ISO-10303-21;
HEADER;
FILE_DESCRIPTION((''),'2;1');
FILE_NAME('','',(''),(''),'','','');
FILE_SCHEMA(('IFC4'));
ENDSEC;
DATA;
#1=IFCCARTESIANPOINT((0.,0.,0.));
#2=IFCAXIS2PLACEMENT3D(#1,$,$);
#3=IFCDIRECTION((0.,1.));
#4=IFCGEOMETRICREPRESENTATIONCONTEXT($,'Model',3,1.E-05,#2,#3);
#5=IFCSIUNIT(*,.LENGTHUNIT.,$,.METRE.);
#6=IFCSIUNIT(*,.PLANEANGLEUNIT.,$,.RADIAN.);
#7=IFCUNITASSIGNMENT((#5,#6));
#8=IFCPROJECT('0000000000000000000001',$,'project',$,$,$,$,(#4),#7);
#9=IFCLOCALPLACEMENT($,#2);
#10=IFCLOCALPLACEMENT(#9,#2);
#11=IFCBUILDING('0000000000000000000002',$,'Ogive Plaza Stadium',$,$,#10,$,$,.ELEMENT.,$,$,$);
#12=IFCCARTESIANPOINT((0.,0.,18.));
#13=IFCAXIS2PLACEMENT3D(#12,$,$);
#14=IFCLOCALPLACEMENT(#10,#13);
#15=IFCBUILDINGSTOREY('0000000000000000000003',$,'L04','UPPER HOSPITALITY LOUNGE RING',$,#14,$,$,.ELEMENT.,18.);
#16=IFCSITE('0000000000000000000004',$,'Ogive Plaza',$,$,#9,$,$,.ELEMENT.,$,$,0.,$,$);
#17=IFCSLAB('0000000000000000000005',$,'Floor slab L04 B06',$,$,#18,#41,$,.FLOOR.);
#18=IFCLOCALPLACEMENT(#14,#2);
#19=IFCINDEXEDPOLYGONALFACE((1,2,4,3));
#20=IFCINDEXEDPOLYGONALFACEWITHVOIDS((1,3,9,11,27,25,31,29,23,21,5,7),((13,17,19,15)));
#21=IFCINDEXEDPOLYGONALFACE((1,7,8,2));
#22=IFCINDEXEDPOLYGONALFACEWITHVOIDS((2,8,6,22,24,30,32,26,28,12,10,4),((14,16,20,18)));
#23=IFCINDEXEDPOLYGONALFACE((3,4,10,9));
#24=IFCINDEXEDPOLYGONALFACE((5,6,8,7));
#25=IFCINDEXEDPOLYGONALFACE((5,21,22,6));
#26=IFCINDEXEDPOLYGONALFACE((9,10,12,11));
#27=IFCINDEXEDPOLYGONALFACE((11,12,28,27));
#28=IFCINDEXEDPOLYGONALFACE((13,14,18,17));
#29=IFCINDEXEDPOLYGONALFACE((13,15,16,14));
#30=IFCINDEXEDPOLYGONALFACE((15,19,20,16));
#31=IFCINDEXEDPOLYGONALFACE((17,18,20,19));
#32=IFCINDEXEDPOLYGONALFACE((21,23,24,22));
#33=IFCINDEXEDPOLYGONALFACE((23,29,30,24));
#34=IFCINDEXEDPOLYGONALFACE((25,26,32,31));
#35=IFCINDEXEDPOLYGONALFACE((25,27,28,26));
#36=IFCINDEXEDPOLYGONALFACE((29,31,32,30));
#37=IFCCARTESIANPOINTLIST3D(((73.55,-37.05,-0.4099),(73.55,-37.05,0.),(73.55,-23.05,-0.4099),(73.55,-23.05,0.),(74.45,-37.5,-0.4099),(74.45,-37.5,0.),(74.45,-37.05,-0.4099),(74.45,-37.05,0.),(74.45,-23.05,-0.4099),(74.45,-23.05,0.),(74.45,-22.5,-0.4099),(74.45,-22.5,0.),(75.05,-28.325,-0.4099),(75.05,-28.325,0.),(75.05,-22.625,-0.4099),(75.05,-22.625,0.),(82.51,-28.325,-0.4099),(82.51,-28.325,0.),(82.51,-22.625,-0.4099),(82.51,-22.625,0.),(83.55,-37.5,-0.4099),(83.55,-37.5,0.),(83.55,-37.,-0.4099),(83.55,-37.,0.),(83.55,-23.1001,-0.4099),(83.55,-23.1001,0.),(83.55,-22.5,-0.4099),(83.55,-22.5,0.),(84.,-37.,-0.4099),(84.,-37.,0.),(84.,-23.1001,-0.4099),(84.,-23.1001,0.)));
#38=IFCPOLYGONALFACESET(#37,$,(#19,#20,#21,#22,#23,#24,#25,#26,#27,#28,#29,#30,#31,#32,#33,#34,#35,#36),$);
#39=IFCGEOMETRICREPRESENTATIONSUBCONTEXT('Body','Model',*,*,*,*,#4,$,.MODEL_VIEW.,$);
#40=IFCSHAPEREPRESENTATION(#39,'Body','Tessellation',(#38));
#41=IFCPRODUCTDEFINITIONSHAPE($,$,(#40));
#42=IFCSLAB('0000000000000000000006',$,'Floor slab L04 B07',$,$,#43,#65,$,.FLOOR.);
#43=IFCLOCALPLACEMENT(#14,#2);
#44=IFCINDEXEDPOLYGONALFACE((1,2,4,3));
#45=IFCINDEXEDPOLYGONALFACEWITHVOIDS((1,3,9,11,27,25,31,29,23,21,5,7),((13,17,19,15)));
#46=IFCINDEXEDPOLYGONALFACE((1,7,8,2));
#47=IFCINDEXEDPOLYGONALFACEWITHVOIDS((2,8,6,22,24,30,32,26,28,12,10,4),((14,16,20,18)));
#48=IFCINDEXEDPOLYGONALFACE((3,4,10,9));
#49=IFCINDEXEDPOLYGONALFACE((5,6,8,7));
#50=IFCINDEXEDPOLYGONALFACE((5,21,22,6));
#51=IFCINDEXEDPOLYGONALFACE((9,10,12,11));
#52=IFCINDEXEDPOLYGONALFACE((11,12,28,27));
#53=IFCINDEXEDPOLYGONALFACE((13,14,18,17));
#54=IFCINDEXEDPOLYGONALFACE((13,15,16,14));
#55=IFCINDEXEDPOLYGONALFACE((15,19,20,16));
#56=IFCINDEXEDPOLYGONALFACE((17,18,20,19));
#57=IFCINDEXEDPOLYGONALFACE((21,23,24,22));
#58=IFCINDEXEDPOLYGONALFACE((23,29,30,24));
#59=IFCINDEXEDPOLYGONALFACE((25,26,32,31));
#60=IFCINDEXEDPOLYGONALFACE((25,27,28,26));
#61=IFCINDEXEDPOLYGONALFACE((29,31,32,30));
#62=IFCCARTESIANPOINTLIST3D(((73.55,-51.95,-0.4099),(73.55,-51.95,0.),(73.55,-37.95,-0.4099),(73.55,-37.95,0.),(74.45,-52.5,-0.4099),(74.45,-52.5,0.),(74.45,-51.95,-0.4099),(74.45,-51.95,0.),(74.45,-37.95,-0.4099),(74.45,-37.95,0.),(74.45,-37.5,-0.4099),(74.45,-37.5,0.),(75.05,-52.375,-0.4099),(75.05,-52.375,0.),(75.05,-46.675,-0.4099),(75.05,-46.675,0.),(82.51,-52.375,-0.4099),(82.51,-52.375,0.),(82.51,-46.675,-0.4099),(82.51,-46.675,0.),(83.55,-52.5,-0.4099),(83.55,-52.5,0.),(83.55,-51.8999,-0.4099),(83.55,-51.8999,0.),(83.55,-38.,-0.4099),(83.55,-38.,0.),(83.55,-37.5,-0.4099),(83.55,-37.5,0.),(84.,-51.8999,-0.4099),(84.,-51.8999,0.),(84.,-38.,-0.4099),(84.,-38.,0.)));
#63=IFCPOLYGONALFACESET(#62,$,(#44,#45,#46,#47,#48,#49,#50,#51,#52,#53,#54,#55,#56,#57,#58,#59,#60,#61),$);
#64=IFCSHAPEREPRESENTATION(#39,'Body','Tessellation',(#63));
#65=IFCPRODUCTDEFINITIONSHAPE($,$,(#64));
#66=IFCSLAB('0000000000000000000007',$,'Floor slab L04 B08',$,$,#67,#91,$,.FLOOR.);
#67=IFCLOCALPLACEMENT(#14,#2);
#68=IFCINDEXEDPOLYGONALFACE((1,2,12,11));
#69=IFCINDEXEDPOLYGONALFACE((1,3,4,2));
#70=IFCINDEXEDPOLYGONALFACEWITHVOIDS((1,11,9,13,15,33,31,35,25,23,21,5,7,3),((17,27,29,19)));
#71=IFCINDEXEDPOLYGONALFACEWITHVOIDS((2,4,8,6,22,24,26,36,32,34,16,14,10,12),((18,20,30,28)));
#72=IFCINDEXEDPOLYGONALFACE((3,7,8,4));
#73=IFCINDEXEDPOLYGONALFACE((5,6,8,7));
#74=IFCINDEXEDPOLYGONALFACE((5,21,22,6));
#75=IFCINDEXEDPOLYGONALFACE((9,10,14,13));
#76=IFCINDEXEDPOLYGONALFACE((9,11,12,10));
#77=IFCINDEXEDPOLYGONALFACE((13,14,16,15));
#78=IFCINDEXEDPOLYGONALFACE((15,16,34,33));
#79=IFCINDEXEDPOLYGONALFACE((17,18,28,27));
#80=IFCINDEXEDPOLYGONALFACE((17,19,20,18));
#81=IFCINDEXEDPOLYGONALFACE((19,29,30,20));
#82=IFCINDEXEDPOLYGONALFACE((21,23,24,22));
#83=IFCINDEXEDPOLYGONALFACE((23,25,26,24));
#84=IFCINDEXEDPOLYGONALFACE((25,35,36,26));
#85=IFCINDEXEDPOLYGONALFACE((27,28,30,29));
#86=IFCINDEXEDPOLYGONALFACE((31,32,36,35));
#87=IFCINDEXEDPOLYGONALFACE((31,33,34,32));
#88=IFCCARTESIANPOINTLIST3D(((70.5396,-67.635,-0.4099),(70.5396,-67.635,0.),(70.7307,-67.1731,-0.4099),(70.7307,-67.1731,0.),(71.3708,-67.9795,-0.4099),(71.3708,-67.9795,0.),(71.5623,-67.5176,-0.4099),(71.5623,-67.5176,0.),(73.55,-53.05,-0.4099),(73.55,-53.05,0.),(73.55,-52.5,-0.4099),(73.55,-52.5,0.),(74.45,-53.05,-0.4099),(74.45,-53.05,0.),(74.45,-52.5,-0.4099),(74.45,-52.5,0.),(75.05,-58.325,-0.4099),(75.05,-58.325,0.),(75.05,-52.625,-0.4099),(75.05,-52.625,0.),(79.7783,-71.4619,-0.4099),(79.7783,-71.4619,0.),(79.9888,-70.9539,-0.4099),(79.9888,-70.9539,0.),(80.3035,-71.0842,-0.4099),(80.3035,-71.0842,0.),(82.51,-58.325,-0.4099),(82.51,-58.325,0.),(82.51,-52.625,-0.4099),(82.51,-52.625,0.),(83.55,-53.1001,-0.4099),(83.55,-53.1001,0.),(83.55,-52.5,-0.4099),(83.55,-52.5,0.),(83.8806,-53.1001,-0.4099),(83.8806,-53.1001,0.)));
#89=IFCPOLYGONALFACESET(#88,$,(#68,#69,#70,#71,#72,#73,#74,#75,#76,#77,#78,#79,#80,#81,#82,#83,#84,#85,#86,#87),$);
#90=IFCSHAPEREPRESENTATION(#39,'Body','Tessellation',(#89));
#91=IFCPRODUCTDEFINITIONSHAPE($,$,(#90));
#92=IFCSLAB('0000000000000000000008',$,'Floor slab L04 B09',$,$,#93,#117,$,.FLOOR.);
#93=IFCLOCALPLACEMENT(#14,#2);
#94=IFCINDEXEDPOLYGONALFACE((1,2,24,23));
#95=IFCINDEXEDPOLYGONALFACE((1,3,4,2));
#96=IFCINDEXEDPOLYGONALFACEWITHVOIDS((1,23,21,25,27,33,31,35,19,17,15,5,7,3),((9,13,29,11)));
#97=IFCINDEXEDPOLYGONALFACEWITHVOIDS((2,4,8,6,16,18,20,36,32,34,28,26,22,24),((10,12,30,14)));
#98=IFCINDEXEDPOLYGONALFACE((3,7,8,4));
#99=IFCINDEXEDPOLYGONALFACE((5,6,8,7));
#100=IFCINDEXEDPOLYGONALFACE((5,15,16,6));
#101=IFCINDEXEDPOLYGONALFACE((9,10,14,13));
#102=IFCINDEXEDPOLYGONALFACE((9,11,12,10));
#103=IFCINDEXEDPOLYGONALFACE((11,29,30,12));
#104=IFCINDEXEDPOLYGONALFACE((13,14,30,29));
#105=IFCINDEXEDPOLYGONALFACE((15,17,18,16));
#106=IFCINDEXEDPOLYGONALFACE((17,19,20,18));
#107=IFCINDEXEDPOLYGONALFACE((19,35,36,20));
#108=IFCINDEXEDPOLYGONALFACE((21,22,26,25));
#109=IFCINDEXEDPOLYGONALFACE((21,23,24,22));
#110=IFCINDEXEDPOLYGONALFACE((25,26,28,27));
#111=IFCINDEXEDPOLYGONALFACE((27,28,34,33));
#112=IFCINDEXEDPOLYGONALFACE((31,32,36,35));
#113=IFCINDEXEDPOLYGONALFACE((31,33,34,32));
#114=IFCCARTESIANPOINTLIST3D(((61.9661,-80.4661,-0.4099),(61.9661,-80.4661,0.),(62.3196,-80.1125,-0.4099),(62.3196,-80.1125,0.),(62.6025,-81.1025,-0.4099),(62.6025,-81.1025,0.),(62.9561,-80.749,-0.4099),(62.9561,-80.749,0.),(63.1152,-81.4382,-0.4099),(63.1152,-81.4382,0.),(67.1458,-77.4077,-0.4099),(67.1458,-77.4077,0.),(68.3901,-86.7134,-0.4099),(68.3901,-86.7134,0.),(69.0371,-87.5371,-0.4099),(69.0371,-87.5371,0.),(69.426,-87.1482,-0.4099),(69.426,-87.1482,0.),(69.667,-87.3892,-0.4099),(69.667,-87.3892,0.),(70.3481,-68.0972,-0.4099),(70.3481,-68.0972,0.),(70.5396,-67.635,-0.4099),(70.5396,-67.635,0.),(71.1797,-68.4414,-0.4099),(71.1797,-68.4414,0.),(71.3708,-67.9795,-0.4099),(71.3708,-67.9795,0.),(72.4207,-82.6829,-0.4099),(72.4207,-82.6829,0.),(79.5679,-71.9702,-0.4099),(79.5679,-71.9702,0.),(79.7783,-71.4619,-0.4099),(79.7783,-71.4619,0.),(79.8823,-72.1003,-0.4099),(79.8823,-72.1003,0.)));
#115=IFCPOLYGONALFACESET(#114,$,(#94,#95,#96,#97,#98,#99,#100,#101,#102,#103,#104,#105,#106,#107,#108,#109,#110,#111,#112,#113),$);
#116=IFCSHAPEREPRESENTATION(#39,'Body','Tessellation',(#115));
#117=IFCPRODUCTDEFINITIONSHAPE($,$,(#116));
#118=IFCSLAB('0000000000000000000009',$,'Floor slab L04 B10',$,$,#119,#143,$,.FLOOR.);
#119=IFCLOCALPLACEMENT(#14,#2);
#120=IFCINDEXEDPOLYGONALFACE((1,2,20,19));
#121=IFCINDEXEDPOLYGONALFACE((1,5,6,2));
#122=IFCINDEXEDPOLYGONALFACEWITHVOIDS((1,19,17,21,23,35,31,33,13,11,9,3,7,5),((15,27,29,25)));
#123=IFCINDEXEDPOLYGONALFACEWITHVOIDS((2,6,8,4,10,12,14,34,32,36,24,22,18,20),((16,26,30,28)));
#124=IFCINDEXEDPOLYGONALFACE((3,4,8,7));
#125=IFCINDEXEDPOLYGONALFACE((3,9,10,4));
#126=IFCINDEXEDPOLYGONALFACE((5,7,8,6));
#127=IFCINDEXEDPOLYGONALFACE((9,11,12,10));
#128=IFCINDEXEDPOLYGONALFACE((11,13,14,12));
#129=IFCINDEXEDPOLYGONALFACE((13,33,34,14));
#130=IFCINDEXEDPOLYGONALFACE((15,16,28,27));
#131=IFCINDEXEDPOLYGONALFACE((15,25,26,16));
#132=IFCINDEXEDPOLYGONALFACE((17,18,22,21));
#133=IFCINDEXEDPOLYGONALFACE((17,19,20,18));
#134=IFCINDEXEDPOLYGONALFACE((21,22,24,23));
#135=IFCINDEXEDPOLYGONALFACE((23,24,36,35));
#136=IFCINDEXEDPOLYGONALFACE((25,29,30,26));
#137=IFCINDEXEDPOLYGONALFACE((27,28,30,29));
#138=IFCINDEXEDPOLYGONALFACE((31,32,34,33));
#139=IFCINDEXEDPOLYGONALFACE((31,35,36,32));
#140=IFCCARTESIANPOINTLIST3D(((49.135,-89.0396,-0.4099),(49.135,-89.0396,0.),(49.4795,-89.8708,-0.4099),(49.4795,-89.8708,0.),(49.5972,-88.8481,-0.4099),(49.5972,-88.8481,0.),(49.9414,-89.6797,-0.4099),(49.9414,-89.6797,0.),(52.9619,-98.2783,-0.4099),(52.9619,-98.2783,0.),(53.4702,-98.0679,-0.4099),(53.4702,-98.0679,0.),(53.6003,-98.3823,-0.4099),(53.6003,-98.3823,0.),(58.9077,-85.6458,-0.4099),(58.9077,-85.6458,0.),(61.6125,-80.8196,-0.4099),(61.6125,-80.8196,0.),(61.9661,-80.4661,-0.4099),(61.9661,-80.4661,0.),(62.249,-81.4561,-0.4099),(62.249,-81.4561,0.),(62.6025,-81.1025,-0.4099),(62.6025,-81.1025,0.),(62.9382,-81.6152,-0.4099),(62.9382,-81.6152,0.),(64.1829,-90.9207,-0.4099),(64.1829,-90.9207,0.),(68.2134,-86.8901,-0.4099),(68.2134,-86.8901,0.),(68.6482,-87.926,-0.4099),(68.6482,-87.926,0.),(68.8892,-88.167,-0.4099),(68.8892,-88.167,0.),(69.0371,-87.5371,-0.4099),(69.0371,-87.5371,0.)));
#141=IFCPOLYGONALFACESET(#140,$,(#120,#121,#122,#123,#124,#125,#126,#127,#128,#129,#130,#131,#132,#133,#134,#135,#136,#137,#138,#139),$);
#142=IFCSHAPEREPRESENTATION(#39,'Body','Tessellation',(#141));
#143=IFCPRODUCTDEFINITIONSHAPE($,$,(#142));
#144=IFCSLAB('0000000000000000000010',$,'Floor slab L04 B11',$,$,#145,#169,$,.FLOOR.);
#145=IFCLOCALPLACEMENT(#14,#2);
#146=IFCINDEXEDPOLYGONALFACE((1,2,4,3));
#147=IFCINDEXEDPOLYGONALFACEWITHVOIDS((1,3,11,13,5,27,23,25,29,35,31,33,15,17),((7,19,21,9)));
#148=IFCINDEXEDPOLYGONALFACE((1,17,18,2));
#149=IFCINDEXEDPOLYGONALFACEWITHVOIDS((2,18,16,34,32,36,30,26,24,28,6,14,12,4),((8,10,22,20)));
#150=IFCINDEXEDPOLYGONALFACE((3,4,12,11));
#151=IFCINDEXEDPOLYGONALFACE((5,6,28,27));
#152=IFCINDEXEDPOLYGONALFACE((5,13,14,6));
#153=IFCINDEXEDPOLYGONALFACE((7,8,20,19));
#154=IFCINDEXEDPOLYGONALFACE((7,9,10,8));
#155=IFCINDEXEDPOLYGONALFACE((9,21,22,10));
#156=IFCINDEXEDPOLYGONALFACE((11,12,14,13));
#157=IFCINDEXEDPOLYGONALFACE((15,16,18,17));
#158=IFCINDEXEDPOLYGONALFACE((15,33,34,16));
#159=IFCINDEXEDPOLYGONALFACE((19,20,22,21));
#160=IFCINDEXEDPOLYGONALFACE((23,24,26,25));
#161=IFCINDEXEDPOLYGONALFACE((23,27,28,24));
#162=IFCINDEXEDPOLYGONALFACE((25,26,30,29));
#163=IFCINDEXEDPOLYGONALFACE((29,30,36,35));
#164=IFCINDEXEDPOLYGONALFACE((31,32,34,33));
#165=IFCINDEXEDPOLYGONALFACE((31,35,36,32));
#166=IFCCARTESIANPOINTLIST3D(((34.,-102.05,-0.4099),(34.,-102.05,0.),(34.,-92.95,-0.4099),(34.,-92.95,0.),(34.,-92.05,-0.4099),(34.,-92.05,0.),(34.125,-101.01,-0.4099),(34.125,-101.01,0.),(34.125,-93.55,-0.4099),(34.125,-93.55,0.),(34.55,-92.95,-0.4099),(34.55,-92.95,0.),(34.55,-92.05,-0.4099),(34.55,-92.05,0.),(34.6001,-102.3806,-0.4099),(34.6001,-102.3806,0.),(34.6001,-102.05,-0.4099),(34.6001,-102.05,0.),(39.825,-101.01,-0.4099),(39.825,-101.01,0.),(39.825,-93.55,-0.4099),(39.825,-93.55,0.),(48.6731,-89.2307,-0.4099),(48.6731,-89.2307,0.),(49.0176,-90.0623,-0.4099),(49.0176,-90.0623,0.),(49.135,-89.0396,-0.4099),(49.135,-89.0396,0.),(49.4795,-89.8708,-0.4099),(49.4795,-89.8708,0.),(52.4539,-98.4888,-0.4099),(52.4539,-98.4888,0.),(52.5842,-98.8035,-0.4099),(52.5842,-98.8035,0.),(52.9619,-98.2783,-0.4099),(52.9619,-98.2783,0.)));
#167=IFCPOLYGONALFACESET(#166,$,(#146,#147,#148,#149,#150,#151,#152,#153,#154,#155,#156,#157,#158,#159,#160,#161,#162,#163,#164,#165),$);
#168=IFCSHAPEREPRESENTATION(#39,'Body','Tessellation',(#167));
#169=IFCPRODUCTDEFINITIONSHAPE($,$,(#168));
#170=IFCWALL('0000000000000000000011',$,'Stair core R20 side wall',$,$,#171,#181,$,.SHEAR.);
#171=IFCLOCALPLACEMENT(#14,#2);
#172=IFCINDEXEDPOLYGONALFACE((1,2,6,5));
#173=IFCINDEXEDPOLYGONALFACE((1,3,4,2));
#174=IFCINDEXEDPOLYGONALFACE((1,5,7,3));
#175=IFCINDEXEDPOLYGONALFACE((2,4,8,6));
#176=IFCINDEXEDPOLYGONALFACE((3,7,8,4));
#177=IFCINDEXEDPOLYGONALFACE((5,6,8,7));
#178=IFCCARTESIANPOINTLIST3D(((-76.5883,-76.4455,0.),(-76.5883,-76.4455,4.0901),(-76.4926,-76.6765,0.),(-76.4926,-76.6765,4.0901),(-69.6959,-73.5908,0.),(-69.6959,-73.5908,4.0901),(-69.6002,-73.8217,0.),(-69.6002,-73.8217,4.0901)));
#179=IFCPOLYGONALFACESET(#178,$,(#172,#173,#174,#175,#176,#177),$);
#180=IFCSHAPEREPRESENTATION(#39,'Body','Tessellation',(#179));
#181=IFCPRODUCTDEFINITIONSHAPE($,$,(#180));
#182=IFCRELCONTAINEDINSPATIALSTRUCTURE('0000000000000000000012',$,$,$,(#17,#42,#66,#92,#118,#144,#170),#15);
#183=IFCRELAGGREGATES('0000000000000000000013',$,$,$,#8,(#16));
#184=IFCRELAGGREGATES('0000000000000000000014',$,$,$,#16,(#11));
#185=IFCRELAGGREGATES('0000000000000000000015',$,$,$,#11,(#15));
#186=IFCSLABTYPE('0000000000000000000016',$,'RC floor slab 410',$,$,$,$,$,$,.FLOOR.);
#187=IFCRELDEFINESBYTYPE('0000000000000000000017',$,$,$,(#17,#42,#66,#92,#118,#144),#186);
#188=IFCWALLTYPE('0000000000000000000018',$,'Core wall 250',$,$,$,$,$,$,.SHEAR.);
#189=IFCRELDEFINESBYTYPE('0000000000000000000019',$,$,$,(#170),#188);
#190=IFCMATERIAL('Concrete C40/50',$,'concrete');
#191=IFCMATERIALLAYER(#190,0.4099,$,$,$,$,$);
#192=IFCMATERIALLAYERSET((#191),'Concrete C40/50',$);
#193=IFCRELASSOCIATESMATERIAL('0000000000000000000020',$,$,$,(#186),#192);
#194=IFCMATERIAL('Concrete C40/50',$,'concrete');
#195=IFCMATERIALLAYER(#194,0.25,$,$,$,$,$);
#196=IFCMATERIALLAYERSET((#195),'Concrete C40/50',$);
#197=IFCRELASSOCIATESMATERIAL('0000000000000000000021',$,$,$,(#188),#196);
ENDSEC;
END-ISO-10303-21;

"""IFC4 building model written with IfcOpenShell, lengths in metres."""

from ifc_helpers import new_model, si_unit, direction, frame, frame_2d, origin, place, context, subcontext, project, spatial, polyline, rectangle, outline, extrude, material, layer, layer_set, type_object, element, save


model = new_model("IFC4")

# Units and contexts
model_context = context("Model", 3, precision=1e-05, world=origin(), true_north=direction((0.0, 1.0)))
body_context = subcontext(model_context, "Body", "Model", "MODEL_VIEW")
ifc_project = project(units=[si_unit("LENGTHUNIT", "METRE"), si_unit("PLANEANGLEUNIT", "RADIAN")], contexts=[model_context])

# Site, building, storey
site_placement = place(None, origin())
site = spatial("IfcSite", under=ifc_project, at=site_placement, Name="Ogive Plaza", CompositionType="ELEMENT", RefElevation=0.0)
building_placement = place(site_placement, origin())
building = spatial("IfcBuilding", under=site, at=building_placement, Name="Ogive Plaza Stadium", CompositionType="ELEMENT")
storey_placement = place(building_placement, frame((0.0, 0.0, 18.0)))
storey = spatial("IfcBuildingStorey", under=building, at=storey_placement, Name="L04", Description="UPPER HOSPITALITY LOUNGE RING", CompositionType="ELEMENT", Elevation=18.0)

# Slabs
ifc_material_1 = material(Name="Concrete C40/50", Category="concrete")
ifc_layer_1 = layer(ifc_material_1, 0.4099)
ifc_layer_set_1 = layer_set([ifc_layer_1], Name="Concrete C40/50")
slab_type = type_object("IfcSlabType", Name="RC floor slab 410", PredefinedType="FLOOR", material=ifc_layer_set_1)
slab_1_placement = place(storey_placement, frame((0.0, 0.0, -0.4099)))
element("IfcSlab", 1, at=slab_1_placement, inside=storey, type_object=slab_type, Name="Floor slab L04 B06", PredefinedType="FLOOR", context=body_context, shape_type="SweptSolid", body=[
    extrude(outline(polyline([(83.55, -37.5), (83.55, -37.0), (84.0, -37.0), (84.0, -23.1001), (83.55, -23.1001), (83.55, -22.5), (74.45, -22.5), (74.45, -23.05), (73.55, -23.05), (73.55, -37.05), (74.45, -37.05), (74.45, -37.5), (83.55, -37.5)]), holes=[polyline([(75.05, -22.625), (75.05, -28.325), (82.51, -28.325), (82.51, -22.625), (75.05, -22.625)])]), origin(), (0.0, 0.0, 1.0), 0.4099),
])
slab_2_placement = place(storey_placement, frame((0.0, 0.0, -0.4099)))
element("IfcSlab", 2, at=slab_2_placement, inside=storey, type_object=slab_type, Name="Floor slab L04 B07", PredefinedType="FLOOR", context=body_context, shape_type="SweptSolid", body=[
    extrude(outline(polyline([(83.55, -52.5), (83.55, -51.8999), (84.0, -51.8999), (84.0, -38.0), (83.55, -38.0), (83.55, -37.5), (74.45, -37.5), (74.45, -37.95), (73.55, -37.95), (73.55, -51.95), (74.45, -51.95), (74.45, -52.5), (83.55, -52.5)]), holes=[polyline([(75.05, -46.675), (75.05, -52.375), (82.51, -52.375), (82.51, -46.675), (75.05, -46.675)])]), origin(), (0.0, 0.0, 1.0), 0.4099),
])
slab_3_placement = place(storey_placement, frame((0.0, 0.0, -0.4099)))
element("IfcSlab", 3, at=slab_3_placement, inside=storey, type_object=slab_type, Name="Floor slab L04 B08", PredefinedType="FLOOR", context=body_context, shape_type="SweptSolid", body=[
    extrude(outline(polyline([(79.7783, -71.4619), (79.9888, -70.9539), (80.3035, -71.0842), (83.8806, -53.1001), (83.55, -53.1001), (83.55, -52.5), (74.45, -52.5), (74.45, -53.05), (73.55, -53.05), (73.55, -52.5), (70.5396, -67.635), (70.7307, -67.1731), (71.5623, -67.5176), (71.3708, -67.9795), (79.7783, -71.4619)]), holes=[polyline([(75.05, -58.325), (82.51, -58.325), (82.51, -52.625), (75.05, -52.625), (75.05, -58.325)])]), origin(), (0.0, 0.0, 1.0), 0.4099),
])
slab_4_placement = place(storey_placement, frame((0.0, 0.0, -0.4099)))
element("IfcSlab", 4, at=slab_4_placement, inside=storey, type_object=slab_type, Name="Floor slab L04 B09", PredefinedType="FLOOR", context=body_context, shape_type="SweptSolid", body=[
    extrude(outline(polyline([(61.9661, -80.4661), (62.3196, -80.1125), (62.9561, -80.749), (62.6025, -81.1025), (69.0371, -87.5371), (69.426, -87.1482), (69.667, -87.3892), (79.8823, -72.1003), (79.5679, -71.9702), (79.7783, -71.4619), (71.3708, -67.9795), (71.1797, -68.4414), (70.3481, -68.0972), (70.5396, -67.635), (61.9661, -80.4661), (61.9661, -80.4661)]), holes=[polyline([(67.1458, -77.4077), (63.1152, -81.4382), (68.3901, -86.7134), (72.4207, -82.6829), (67.1458, -77.4077)])]), origin(), (0.0, 0.0, 1.0), 0.4099),
])
slab_5_placement = place(storey_placement, frame((0.0, 0.0, -0.4099)))
element("IfcSlab", 5, at=slab_5_placement, inside=storey, type_object=slab_type, Name="Floor slab L04 B10", PredefinedType="FLOOR", context=body_context, shape_type="SweptSolid", body=[
    extrude(outline(polyline([(52.9619, -98.2783), (53.4702, -98.0679), (53.6003, -98.3823), (68.8892, -88.167), (68.6482, -87.926), (69.0371, -87.5371), (62.6025, -81.1025), (62.249, -81.4561), (61.6125, -80.8196), (61.9661, -80.4661), (49.135, -89.0396), (49.5972, -88.8481), (49.9414, -89.6797), (49.4795, -89.8708), (52.9619, -98.2783)]), holes=[polyline([(62.9382, -81.6152), (58.9077, -85.6458), (64.1829, -90.9207), (68.2134, -86.8901), (62.9382, -81.6152)])]), origin(), (0.0, 0.0, 1.0), 0.4099),
])
slab_6_placement = place(storey_placement, frame((0.0, 0.0, -0.4099)))
element("IfcSlab", 6, at=slab_6_placement, inside=storey, type_object=slab_type, Name="Floor slab L04 B11", PredefinedType="FLOOR", context=body_context, shape_type="SweptSolid", body=[
    extrude(outline(polyline([(34.0, -102.05), (34.6001, -102.05), (34.6001, -102.3806), (52.5842, -98.8035), (52.4539, -98.4888), (52.9619, -98.2783), (49.4795, -89.8708), (49.0176, -90.0623), (48.6731, -89.2307), (49.135, -89.0396), (34.0, -92.05), (34.55, -92.05), (34.55, -92.95), (34.0, -92.95), (34.0, -102.05)]), holes=[polyline([(39.825, -93.55), (34.125, -93.55), (34.125, -101.01), (39.825, -101.01), (39.825, -93.55)])]), origin(), (0.0, 0.0, 1.0), 0.4099),
])

# Wall
ifc_material_2 = material(Name="Concrete C40/50", Category="concrete")
ifc_layer_2 = layer(ifc_material_2, 0.25)
ifc_layer_set_2 = layer_set([ifc_layer_2], Name="Concrete C40/50")
wall_type_1 = type_object("IfcWallType", Name="Core wall 250", PredefinedType="SHEAR", material=ifc_layer_set_2)
wall_1_placement = place(storey_placement, frame((-69.6482, -73.7063, 0.0), z_axis=(0.0, 0.0, 1.0), x_axis=(-0.923887, -0.382665, 0.0)))
element("IfcWall", 7, at=wall_1_placement, inside=storey, type_object=wall_type_1, Name="Stair core R20 side wall", PredefinedType="SHEAR", context=body_context, shape_type="SweptSolid", body=[
    extrude(rectangle(XDim=7.4602, YDim=0.25, at=frame_2d((3.73, 0.0))), origin(), (0.0, 0.0, 1.0), 4.0901),
])

save(model, "model.ifc")
